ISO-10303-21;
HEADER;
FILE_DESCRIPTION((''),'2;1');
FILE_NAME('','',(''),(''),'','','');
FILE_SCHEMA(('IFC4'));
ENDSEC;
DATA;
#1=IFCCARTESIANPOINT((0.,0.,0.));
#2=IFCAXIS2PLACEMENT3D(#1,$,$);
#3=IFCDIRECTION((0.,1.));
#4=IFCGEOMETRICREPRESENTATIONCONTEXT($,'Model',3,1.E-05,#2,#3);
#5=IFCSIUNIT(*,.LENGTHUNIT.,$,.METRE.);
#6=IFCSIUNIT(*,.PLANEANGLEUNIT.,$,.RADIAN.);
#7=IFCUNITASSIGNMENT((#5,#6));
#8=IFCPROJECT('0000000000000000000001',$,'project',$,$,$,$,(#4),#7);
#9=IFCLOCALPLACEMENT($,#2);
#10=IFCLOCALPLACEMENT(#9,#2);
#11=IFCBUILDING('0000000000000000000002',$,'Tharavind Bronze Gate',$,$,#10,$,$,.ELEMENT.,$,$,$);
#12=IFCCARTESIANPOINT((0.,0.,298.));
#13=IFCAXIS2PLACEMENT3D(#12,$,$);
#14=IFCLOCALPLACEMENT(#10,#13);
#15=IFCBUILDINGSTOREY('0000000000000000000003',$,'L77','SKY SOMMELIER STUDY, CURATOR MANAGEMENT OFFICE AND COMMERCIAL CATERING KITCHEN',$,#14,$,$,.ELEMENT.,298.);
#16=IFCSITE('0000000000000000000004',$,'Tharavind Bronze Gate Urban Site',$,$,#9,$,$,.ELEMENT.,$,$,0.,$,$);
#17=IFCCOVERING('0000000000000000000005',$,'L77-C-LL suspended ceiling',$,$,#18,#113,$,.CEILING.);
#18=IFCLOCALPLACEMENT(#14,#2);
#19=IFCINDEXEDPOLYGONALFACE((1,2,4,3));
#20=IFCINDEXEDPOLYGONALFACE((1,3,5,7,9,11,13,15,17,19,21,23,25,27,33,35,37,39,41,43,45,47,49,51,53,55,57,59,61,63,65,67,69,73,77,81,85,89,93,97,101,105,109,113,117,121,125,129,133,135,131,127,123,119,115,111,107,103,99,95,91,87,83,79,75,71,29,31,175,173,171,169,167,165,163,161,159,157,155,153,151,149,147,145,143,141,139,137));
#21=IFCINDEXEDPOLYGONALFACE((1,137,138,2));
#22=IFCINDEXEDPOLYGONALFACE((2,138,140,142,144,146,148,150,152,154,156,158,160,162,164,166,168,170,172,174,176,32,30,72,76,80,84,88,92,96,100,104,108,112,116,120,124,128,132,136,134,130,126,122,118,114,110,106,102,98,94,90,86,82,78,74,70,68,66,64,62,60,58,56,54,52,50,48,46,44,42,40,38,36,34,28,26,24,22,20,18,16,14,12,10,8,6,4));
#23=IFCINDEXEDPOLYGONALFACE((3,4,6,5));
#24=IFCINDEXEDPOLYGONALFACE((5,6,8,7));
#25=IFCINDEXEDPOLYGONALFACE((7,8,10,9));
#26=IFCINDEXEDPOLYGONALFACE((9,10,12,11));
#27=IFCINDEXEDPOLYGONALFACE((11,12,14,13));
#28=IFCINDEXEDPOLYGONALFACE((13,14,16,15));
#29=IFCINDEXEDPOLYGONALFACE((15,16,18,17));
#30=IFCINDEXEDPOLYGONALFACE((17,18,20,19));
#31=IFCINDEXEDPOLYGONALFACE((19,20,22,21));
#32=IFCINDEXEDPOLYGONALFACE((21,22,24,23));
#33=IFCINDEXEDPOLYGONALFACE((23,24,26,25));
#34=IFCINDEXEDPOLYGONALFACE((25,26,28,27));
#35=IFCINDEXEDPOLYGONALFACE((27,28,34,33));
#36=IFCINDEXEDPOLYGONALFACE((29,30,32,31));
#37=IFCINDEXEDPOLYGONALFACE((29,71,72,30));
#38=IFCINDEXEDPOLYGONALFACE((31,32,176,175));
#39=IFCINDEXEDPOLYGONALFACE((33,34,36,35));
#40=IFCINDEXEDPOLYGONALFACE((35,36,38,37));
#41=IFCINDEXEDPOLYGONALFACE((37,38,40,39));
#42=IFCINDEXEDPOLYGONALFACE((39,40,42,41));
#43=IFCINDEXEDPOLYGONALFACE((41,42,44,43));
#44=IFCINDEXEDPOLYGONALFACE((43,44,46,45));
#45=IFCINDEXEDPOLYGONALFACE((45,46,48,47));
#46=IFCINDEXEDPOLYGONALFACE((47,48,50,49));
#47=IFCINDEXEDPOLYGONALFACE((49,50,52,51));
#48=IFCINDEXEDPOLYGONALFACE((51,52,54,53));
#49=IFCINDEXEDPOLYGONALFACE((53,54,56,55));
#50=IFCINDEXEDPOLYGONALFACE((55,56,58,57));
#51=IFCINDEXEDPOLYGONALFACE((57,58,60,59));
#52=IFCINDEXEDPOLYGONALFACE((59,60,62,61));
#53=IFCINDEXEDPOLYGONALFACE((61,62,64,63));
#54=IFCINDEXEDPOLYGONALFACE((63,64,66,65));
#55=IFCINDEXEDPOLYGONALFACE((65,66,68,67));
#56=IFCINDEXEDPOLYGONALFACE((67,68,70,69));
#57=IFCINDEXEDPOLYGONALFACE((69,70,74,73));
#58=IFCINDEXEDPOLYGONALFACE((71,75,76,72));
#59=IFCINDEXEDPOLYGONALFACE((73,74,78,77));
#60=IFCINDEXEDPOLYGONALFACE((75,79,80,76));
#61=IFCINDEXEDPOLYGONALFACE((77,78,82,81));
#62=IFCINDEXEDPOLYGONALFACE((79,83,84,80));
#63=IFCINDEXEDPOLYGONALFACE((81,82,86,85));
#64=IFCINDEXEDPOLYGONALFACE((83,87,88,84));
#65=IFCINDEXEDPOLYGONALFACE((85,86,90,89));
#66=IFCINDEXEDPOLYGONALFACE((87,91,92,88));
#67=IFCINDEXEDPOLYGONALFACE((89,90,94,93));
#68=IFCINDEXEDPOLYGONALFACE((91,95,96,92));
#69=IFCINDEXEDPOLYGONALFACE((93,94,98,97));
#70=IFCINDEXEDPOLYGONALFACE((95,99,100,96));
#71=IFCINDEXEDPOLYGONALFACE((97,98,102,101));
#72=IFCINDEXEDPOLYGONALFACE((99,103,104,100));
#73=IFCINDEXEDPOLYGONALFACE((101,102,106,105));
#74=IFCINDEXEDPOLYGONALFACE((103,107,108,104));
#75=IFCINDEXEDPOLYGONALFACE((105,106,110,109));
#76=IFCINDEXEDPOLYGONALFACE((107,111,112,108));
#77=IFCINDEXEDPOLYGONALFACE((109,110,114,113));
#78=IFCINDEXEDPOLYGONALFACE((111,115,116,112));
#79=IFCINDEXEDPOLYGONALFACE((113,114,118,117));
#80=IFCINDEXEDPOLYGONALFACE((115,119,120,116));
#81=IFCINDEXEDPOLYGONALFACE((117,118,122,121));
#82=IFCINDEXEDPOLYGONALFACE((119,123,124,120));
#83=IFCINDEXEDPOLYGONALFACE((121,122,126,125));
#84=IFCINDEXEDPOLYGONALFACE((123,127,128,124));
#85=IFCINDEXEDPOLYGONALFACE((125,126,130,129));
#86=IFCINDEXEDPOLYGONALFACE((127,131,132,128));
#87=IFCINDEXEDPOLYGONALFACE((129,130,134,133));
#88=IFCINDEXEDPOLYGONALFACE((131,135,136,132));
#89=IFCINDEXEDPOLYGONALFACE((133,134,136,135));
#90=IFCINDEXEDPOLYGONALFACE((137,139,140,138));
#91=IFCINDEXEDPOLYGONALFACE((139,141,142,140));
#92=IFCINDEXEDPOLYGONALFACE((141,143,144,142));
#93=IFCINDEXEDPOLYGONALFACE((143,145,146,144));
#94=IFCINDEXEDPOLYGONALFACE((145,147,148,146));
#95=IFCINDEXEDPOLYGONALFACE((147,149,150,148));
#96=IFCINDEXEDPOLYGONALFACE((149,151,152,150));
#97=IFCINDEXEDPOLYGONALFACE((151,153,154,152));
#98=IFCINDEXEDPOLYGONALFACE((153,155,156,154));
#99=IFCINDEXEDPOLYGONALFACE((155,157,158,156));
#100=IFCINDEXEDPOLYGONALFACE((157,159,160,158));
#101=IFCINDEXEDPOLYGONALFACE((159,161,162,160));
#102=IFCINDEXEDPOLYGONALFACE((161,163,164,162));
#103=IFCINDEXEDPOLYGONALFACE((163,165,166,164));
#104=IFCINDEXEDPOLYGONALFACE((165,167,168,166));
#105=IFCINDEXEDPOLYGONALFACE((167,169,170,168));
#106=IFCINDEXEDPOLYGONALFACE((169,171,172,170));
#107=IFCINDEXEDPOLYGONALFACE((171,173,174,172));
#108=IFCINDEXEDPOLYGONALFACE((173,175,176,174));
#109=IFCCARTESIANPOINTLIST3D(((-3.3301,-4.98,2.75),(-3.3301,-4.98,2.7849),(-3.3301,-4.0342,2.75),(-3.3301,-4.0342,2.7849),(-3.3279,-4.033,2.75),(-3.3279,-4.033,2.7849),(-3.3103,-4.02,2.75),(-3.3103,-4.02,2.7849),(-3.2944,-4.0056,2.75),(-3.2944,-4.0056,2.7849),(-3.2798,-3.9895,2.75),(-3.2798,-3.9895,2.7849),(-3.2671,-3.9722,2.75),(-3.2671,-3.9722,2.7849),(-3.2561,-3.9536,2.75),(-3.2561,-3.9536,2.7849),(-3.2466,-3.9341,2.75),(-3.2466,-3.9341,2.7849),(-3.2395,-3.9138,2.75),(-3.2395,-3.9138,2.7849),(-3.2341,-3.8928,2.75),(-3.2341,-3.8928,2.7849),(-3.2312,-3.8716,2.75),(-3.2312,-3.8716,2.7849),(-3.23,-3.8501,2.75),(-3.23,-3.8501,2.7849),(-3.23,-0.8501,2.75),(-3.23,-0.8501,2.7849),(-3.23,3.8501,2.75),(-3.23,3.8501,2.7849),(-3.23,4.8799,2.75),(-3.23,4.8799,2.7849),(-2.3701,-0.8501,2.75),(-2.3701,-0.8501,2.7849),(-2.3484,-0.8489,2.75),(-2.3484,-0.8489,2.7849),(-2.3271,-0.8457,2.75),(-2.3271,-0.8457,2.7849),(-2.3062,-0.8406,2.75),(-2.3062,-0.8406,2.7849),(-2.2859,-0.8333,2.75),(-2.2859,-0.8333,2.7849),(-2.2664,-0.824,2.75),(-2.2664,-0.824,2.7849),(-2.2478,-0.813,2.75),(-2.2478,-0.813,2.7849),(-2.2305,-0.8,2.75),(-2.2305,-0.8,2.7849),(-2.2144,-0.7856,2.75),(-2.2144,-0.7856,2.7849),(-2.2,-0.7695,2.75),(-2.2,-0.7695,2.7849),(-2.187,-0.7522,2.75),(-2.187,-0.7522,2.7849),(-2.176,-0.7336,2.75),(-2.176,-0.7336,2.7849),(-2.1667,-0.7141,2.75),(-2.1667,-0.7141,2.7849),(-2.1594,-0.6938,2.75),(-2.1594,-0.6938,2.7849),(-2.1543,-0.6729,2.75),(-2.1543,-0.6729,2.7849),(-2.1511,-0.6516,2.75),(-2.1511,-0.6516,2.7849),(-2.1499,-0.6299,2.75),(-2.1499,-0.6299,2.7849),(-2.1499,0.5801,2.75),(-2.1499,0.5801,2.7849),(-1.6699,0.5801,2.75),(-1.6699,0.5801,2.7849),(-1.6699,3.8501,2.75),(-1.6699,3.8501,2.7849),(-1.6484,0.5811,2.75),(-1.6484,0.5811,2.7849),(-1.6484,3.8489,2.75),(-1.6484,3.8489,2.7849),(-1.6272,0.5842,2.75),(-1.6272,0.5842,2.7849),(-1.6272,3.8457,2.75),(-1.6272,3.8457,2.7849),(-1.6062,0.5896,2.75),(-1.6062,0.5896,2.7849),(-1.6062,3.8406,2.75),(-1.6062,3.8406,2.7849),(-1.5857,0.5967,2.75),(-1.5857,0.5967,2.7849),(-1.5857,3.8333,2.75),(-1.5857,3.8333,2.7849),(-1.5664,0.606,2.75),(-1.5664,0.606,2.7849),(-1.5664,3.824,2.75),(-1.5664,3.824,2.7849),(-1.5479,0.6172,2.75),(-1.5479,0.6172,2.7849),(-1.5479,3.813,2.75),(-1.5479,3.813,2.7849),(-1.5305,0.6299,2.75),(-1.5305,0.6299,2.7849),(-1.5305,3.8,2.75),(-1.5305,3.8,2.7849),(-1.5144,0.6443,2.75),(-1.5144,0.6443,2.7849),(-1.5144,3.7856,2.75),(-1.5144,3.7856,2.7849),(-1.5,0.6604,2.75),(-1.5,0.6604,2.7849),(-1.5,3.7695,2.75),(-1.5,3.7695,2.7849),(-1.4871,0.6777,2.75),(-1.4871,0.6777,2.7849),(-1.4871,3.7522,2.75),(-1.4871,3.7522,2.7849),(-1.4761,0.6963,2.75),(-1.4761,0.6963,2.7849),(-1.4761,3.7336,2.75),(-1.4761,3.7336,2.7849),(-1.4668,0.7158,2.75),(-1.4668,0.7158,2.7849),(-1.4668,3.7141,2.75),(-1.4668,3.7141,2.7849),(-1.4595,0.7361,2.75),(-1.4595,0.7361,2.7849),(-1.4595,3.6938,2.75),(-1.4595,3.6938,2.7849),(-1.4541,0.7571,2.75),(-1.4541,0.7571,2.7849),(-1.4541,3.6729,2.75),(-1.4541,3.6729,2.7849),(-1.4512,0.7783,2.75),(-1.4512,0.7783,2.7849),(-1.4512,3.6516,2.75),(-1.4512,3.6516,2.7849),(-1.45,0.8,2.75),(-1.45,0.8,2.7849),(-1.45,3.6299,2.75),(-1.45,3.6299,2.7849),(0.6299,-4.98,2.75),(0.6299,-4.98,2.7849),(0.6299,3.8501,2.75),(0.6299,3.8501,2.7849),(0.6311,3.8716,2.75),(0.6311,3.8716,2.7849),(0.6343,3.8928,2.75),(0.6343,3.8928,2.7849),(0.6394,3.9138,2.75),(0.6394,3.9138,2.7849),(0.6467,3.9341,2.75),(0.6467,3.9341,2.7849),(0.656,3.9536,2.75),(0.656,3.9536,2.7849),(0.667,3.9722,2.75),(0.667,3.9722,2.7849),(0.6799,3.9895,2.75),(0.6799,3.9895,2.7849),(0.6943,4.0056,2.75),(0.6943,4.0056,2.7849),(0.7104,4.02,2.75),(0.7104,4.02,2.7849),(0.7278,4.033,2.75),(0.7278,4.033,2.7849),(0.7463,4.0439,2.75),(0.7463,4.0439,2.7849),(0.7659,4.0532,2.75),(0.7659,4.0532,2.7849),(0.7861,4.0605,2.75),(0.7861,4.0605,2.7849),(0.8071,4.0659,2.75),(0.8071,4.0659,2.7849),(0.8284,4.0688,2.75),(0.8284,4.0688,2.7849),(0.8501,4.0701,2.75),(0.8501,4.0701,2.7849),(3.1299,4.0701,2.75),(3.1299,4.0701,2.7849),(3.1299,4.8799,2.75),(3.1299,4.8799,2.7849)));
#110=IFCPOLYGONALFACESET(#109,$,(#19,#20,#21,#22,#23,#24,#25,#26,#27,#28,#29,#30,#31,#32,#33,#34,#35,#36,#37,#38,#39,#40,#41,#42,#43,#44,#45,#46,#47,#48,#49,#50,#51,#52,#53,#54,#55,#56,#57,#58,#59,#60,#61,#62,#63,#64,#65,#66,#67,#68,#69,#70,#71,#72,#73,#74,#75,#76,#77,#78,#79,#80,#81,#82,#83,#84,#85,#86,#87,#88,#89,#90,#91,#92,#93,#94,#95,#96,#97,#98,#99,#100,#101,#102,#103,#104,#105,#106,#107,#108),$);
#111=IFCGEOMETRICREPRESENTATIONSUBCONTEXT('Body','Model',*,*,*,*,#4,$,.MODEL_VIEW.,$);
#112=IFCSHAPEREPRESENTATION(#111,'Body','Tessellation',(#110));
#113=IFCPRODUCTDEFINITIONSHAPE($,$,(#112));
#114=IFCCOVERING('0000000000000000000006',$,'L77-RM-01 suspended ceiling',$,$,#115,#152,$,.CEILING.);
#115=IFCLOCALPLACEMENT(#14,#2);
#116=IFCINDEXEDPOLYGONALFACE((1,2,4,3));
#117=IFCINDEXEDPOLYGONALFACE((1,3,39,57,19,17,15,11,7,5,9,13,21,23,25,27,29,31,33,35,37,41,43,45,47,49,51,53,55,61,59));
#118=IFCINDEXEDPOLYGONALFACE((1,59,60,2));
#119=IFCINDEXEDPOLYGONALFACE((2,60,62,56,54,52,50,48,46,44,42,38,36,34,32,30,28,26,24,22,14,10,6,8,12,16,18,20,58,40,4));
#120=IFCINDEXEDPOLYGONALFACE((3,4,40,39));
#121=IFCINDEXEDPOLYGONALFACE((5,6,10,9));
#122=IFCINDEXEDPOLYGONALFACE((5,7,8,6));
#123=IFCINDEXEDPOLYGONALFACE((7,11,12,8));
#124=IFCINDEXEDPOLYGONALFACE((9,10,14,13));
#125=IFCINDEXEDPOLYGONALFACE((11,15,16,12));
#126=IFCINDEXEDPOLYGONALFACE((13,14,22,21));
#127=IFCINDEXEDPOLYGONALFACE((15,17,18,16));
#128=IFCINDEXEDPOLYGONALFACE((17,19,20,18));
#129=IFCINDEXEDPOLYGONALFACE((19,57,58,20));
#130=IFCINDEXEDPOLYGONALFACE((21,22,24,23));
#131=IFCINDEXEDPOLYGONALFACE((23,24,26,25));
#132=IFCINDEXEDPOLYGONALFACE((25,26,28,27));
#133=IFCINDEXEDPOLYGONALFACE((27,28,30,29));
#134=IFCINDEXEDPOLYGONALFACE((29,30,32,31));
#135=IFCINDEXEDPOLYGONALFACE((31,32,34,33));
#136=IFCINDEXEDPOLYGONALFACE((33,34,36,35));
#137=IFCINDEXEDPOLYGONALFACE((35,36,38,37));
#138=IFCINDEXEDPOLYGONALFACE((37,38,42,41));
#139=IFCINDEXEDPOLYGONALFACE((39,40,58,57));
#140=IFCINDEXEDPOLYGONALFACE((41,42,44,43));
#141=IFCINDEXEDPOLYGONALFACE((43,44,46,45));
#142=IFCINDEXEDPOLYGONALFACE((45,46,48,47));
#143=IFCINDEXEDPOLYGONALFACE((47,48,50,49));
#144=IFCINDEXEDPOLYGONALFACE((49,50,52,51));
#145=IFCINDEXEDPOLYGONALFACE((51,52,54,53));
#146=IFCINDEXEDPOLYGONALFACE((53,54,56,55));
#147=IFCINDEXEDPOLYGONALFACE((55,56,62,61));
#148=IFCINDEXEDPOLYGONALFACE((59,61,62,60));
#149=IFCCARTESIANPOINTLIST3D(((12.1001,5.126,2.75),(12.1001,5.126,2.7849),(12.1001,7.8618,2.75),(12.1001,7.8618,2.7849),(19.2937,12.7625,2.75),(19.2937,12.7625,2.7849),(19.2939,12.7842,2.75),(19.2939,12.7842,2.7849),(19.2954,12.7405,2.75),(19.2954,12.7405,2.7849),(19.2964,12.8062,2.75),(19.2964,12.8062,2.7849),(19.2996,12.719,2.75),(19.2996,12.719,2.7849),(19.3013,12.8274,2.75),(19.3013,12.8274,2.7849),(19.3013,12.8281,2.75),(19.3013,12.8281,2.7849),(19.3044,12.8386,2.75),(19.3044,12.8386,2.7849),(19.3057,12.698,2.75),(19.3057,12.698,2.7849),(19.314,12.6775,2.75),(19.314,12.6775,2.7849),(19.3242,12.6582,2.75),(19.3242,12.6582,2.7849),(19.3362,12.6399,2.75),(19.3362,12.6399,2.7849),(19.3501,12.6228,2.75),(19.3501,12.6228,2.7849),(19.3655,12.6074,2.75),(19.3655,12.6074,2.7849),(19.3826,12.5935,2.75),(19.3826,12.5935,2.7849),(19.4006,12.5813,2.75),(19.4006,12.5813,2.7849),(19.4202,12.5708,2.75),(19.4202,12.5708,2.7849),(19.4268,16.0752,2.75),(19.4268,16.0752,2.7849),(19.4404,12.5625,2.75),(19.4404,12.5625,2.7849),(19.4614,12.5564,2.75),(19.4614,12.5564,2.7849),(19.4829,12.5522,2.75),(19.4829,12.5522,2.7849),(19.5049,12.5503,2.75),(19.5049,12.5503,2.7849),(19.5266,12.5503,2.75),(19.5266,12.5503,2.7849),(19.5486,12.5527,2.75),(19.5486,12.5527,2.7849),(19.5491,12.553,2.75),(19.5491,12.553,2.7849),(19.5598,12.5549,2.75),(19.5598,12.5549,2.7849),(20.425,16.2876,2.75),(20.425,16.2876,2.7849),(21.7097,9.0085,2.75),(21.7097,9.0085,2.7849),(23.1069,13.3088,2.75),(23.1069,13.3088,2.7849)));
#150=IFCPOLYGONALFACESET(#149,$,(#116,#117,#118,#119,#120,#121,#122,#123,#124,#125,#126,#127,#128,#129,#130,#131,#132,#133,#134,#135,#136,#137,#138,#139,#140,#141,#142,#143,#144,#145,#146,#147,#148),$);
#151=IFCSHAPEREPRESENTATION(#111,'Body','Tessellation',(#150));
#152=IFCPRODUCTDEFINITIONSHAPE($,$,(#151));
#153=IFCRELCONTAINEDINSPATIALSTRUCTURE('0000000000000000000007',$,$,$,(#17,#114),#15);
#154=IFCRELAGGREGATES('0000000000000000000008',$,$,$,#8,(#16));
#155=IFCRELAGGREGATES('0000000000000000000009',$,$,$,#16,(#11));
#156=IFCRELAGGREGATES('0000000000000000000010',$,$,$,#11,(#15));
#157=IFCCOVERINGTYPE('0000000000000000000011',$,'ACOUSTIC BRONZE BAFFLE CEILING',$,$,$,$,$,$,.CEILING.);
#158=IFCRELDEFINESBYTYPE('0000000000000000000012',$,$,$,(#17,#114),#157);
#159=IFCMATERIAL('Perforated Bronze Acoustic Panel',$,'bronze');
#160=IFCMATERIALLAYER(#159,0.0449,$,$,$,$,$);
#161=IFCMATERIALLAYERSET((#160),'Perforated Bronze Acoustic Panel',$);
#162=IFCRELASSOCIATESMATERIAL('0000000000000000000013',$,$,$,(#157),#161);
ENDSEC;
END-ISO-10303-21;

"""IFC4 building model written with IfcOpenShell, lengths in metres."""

from ifc_helpers import new_model, si_unit, direction, frame, origin, place, context, subcontext, project, spatial, polyline, outline, extrude, material, layer, layer_set, type_object, element, save


model = new_model("IFC4")

# Units and contexts
model_context = context("Model", 3, precision=1e-05, world=origin(), true_north=direction((0.0, 1.0)))
body_context = subcontext(model_context, "Body", "Model", "MODEL_VIEW")
ifc_project = project(units=[si_unit("LENGTHUNIT", "METRE"), si_unit("PLANEANGLEUNIT", "RADIAN")], contexts=[model_context])

# Site, building, storey
site_placement = place(None, origin())
site = spatial("IfcSite", under=ifc_project, at=site_placement, Name="Tharavind Bronze Gate Urban Site", CompositionType="ELEMENT", RefElevation=0.0)
building_placement = place(site_placement, origin())
building = spatial("IfcBuilding", under=site, at=building_placement, Name="Tharavind Bronze Gate", CompositionType="ELEMENT")
storey_placement = place(building_placement, frame((0.0, 0.0, 298.0)))
storey = spatial("IfcBuildingStorey", under=building, at=storey_placement, Name="L77", Description="SKY SOMMELIER STUDY, CURATOR MANAGEMENT OFFICE AND COMMERCIAL CATERING KITCHEN", CompositionType="ELEMENT", Elevation=298.0)

# Coverings
ifc_material_1 = material(Name="Perforated Bronze Acoustic Panel", Category="bronze")
ifc_layer_1 = layer(ifc_material_1, 0.0449)
ifc_layer_set_1 = layer_set([ifc_layer_1], Name="Perforated Bronze Acoustic Panel")
covering_type_1 = type_object("IfcCoveringType", Name="ACOUSTIC BRONZE BAFFLE CEILING", PredefinedType="CEILING", material=ifc_layer_set_1)
covering_1_placement = place(storey_placement, frame((0.0, 0.0, 2.75)))
element("IfcCovering", 1, at=covering_1_placement, inside=storey, type_object=covering_type_1, Name="L77-C-LL suspended ceiling", PredefinedType="CEILING", context=body_context, shape_type="SweptSolid", body=[
    extrude(outline(polyline([(-3.3301, -4.98), (0.6299, -4.98), (0.6299, 3.8501), (0.6311, 3.8716), (0.6343, 3.8928), (0.6394, 3.9138), (0.6467, 3.9341), (0.656, 3.9536), (0.667, 3.9722), (0.6799, 3.9895), (0.6943, 4.0056), (0.7104, 4.02), (0.7278, 4.033), (0.7463, 4.0439), (0.7659, 4.0532), (0.7861, 4.0605), (0.8071, 4.0659), (0.8284, 4.0688), (0.8501, 4.0701), (3.1299, 4.0701), (3.1299, 4.8799), (-3.23, 4.8799), (-3.23, 3.8501), (-1.6699, 3.8501), (-1.6484, 3.8489), (-1.6272, 3.8457), (-1.6062, 3.8406), (-1.5857, 3.8333), (-1.5664, 3.824), (-1.5479, 3.813), (-1.5305, 3.8), (-1.5144, 3.7856), (-1.5, 3.7695), (-1.4871, 3.7522), (-1.4761, 3.7336), (-1.4668, 3.7141), (-1.4595, 3.6938), (-1.4541, 3.6729), (-1.4512, 3.6516), (-1.45, 3.6299), (-1.45, 0.8), (-1.4512, 0.7783), (-1.4541, 0.7571), (-1.4595, 0.7361), (-1.4668, 0.7158), (-1.4761, 0.6963), (-1.4871, 0.6777), (-1.5, 0.6604), (-1.5144, 0.6443), (-1.5305, 0.6299), (-1.5479, 0.6172), (-1.5664, 0.606), (-1.5857, 0.5967), (-1.6062, 0.5896), (-1.6272, 0.5842), (-1.6484, 0.5811), (-1.6699, 0.5801), (-2.1499, 0.5801), (-2.1499, -0.6299), (-2.1511, -0.6516), (-2.1543, -0.6729), (-2.1594, -0.6938), (-2.1667, -0.7141), (-2.176, -0.7336), (-2.187, -0.7522), (-2.2, -0.7695), (-2.2144, -0.7856), (-2.2305, -0.8), (-2.2478, -0.813), (-2.2664, -0.824), (-2.2859, -0.8333), (-2.3062, -0.8406), (-2.3271, -0.8457), (-2.3484, -0.8489), (-2.3701, -0.8501), (-3.23, -0.8501), (-3.23, -3.8501), (-3.2312, -3.8716), (-3.2341, -3.8928), (-3.2395, -3.9138), (-3.2466, -3.9341), (-3.2561, -3.9536), (-3.2671, -3.9722), (-3.2798, -3.9895), (-3.2944, -4.0056), (-3.3103, -4.02), (-3.3279, -4.033), (-3.3301, -4.0342), (-3.3301, -4.98)])), origin(), (0.0, 0.0, 1.0), 0.0349),
])
covering_2_placement = place(storey_placement, frame((0.0, 0.0, 2.75)))
element("IfcCovering", 2, at=covering_2_placement, inside=storey, type_object=covering_type_1, Name="L77-RM-01 suspended ceiling", PredefinedType="CEILING", context=body_context, shape_type="SweptSolid", body=[
    extrude(outline(polyline([(21.7097, 9.0085), (23.1069, 13.3088), (19.5598, 12.5549), (19.5491, 12.553), (19.5486, 12.5527), (19.5266, 12.5503), (19.5049, 12.5503), (19.4829, 12.5522), (19.4614, 12.5564), (19.4404, 12.5625), (19.4202, 12.5708), (19.4006, 12.5813), (19.3826, 12.5935), (19.3655, 12.6074), (19.3501, 12.6228), (19.3362, 12.6399), (19.3242, 12.6582), (19.314, 12.6775), (19.3057, 12.698), (19.2996, 12.719), (19.2954, 12.7405), (19.2937, 12.7625), (19.2939, 12.7842), (19.2964, 12.8062), (19.3013, 12.8274), (19.3013, 12.8281), (19.3044, 12.8386), (20.425, 16.2876), (19.4268, 16.0752), (12.1001, 7.8618), (12.1001, 5.126), (21.7097, 9.0085)])), origin(), (0.0, 0.0, 1.0), 0.0349),
])

save(model, "model.ifc")
